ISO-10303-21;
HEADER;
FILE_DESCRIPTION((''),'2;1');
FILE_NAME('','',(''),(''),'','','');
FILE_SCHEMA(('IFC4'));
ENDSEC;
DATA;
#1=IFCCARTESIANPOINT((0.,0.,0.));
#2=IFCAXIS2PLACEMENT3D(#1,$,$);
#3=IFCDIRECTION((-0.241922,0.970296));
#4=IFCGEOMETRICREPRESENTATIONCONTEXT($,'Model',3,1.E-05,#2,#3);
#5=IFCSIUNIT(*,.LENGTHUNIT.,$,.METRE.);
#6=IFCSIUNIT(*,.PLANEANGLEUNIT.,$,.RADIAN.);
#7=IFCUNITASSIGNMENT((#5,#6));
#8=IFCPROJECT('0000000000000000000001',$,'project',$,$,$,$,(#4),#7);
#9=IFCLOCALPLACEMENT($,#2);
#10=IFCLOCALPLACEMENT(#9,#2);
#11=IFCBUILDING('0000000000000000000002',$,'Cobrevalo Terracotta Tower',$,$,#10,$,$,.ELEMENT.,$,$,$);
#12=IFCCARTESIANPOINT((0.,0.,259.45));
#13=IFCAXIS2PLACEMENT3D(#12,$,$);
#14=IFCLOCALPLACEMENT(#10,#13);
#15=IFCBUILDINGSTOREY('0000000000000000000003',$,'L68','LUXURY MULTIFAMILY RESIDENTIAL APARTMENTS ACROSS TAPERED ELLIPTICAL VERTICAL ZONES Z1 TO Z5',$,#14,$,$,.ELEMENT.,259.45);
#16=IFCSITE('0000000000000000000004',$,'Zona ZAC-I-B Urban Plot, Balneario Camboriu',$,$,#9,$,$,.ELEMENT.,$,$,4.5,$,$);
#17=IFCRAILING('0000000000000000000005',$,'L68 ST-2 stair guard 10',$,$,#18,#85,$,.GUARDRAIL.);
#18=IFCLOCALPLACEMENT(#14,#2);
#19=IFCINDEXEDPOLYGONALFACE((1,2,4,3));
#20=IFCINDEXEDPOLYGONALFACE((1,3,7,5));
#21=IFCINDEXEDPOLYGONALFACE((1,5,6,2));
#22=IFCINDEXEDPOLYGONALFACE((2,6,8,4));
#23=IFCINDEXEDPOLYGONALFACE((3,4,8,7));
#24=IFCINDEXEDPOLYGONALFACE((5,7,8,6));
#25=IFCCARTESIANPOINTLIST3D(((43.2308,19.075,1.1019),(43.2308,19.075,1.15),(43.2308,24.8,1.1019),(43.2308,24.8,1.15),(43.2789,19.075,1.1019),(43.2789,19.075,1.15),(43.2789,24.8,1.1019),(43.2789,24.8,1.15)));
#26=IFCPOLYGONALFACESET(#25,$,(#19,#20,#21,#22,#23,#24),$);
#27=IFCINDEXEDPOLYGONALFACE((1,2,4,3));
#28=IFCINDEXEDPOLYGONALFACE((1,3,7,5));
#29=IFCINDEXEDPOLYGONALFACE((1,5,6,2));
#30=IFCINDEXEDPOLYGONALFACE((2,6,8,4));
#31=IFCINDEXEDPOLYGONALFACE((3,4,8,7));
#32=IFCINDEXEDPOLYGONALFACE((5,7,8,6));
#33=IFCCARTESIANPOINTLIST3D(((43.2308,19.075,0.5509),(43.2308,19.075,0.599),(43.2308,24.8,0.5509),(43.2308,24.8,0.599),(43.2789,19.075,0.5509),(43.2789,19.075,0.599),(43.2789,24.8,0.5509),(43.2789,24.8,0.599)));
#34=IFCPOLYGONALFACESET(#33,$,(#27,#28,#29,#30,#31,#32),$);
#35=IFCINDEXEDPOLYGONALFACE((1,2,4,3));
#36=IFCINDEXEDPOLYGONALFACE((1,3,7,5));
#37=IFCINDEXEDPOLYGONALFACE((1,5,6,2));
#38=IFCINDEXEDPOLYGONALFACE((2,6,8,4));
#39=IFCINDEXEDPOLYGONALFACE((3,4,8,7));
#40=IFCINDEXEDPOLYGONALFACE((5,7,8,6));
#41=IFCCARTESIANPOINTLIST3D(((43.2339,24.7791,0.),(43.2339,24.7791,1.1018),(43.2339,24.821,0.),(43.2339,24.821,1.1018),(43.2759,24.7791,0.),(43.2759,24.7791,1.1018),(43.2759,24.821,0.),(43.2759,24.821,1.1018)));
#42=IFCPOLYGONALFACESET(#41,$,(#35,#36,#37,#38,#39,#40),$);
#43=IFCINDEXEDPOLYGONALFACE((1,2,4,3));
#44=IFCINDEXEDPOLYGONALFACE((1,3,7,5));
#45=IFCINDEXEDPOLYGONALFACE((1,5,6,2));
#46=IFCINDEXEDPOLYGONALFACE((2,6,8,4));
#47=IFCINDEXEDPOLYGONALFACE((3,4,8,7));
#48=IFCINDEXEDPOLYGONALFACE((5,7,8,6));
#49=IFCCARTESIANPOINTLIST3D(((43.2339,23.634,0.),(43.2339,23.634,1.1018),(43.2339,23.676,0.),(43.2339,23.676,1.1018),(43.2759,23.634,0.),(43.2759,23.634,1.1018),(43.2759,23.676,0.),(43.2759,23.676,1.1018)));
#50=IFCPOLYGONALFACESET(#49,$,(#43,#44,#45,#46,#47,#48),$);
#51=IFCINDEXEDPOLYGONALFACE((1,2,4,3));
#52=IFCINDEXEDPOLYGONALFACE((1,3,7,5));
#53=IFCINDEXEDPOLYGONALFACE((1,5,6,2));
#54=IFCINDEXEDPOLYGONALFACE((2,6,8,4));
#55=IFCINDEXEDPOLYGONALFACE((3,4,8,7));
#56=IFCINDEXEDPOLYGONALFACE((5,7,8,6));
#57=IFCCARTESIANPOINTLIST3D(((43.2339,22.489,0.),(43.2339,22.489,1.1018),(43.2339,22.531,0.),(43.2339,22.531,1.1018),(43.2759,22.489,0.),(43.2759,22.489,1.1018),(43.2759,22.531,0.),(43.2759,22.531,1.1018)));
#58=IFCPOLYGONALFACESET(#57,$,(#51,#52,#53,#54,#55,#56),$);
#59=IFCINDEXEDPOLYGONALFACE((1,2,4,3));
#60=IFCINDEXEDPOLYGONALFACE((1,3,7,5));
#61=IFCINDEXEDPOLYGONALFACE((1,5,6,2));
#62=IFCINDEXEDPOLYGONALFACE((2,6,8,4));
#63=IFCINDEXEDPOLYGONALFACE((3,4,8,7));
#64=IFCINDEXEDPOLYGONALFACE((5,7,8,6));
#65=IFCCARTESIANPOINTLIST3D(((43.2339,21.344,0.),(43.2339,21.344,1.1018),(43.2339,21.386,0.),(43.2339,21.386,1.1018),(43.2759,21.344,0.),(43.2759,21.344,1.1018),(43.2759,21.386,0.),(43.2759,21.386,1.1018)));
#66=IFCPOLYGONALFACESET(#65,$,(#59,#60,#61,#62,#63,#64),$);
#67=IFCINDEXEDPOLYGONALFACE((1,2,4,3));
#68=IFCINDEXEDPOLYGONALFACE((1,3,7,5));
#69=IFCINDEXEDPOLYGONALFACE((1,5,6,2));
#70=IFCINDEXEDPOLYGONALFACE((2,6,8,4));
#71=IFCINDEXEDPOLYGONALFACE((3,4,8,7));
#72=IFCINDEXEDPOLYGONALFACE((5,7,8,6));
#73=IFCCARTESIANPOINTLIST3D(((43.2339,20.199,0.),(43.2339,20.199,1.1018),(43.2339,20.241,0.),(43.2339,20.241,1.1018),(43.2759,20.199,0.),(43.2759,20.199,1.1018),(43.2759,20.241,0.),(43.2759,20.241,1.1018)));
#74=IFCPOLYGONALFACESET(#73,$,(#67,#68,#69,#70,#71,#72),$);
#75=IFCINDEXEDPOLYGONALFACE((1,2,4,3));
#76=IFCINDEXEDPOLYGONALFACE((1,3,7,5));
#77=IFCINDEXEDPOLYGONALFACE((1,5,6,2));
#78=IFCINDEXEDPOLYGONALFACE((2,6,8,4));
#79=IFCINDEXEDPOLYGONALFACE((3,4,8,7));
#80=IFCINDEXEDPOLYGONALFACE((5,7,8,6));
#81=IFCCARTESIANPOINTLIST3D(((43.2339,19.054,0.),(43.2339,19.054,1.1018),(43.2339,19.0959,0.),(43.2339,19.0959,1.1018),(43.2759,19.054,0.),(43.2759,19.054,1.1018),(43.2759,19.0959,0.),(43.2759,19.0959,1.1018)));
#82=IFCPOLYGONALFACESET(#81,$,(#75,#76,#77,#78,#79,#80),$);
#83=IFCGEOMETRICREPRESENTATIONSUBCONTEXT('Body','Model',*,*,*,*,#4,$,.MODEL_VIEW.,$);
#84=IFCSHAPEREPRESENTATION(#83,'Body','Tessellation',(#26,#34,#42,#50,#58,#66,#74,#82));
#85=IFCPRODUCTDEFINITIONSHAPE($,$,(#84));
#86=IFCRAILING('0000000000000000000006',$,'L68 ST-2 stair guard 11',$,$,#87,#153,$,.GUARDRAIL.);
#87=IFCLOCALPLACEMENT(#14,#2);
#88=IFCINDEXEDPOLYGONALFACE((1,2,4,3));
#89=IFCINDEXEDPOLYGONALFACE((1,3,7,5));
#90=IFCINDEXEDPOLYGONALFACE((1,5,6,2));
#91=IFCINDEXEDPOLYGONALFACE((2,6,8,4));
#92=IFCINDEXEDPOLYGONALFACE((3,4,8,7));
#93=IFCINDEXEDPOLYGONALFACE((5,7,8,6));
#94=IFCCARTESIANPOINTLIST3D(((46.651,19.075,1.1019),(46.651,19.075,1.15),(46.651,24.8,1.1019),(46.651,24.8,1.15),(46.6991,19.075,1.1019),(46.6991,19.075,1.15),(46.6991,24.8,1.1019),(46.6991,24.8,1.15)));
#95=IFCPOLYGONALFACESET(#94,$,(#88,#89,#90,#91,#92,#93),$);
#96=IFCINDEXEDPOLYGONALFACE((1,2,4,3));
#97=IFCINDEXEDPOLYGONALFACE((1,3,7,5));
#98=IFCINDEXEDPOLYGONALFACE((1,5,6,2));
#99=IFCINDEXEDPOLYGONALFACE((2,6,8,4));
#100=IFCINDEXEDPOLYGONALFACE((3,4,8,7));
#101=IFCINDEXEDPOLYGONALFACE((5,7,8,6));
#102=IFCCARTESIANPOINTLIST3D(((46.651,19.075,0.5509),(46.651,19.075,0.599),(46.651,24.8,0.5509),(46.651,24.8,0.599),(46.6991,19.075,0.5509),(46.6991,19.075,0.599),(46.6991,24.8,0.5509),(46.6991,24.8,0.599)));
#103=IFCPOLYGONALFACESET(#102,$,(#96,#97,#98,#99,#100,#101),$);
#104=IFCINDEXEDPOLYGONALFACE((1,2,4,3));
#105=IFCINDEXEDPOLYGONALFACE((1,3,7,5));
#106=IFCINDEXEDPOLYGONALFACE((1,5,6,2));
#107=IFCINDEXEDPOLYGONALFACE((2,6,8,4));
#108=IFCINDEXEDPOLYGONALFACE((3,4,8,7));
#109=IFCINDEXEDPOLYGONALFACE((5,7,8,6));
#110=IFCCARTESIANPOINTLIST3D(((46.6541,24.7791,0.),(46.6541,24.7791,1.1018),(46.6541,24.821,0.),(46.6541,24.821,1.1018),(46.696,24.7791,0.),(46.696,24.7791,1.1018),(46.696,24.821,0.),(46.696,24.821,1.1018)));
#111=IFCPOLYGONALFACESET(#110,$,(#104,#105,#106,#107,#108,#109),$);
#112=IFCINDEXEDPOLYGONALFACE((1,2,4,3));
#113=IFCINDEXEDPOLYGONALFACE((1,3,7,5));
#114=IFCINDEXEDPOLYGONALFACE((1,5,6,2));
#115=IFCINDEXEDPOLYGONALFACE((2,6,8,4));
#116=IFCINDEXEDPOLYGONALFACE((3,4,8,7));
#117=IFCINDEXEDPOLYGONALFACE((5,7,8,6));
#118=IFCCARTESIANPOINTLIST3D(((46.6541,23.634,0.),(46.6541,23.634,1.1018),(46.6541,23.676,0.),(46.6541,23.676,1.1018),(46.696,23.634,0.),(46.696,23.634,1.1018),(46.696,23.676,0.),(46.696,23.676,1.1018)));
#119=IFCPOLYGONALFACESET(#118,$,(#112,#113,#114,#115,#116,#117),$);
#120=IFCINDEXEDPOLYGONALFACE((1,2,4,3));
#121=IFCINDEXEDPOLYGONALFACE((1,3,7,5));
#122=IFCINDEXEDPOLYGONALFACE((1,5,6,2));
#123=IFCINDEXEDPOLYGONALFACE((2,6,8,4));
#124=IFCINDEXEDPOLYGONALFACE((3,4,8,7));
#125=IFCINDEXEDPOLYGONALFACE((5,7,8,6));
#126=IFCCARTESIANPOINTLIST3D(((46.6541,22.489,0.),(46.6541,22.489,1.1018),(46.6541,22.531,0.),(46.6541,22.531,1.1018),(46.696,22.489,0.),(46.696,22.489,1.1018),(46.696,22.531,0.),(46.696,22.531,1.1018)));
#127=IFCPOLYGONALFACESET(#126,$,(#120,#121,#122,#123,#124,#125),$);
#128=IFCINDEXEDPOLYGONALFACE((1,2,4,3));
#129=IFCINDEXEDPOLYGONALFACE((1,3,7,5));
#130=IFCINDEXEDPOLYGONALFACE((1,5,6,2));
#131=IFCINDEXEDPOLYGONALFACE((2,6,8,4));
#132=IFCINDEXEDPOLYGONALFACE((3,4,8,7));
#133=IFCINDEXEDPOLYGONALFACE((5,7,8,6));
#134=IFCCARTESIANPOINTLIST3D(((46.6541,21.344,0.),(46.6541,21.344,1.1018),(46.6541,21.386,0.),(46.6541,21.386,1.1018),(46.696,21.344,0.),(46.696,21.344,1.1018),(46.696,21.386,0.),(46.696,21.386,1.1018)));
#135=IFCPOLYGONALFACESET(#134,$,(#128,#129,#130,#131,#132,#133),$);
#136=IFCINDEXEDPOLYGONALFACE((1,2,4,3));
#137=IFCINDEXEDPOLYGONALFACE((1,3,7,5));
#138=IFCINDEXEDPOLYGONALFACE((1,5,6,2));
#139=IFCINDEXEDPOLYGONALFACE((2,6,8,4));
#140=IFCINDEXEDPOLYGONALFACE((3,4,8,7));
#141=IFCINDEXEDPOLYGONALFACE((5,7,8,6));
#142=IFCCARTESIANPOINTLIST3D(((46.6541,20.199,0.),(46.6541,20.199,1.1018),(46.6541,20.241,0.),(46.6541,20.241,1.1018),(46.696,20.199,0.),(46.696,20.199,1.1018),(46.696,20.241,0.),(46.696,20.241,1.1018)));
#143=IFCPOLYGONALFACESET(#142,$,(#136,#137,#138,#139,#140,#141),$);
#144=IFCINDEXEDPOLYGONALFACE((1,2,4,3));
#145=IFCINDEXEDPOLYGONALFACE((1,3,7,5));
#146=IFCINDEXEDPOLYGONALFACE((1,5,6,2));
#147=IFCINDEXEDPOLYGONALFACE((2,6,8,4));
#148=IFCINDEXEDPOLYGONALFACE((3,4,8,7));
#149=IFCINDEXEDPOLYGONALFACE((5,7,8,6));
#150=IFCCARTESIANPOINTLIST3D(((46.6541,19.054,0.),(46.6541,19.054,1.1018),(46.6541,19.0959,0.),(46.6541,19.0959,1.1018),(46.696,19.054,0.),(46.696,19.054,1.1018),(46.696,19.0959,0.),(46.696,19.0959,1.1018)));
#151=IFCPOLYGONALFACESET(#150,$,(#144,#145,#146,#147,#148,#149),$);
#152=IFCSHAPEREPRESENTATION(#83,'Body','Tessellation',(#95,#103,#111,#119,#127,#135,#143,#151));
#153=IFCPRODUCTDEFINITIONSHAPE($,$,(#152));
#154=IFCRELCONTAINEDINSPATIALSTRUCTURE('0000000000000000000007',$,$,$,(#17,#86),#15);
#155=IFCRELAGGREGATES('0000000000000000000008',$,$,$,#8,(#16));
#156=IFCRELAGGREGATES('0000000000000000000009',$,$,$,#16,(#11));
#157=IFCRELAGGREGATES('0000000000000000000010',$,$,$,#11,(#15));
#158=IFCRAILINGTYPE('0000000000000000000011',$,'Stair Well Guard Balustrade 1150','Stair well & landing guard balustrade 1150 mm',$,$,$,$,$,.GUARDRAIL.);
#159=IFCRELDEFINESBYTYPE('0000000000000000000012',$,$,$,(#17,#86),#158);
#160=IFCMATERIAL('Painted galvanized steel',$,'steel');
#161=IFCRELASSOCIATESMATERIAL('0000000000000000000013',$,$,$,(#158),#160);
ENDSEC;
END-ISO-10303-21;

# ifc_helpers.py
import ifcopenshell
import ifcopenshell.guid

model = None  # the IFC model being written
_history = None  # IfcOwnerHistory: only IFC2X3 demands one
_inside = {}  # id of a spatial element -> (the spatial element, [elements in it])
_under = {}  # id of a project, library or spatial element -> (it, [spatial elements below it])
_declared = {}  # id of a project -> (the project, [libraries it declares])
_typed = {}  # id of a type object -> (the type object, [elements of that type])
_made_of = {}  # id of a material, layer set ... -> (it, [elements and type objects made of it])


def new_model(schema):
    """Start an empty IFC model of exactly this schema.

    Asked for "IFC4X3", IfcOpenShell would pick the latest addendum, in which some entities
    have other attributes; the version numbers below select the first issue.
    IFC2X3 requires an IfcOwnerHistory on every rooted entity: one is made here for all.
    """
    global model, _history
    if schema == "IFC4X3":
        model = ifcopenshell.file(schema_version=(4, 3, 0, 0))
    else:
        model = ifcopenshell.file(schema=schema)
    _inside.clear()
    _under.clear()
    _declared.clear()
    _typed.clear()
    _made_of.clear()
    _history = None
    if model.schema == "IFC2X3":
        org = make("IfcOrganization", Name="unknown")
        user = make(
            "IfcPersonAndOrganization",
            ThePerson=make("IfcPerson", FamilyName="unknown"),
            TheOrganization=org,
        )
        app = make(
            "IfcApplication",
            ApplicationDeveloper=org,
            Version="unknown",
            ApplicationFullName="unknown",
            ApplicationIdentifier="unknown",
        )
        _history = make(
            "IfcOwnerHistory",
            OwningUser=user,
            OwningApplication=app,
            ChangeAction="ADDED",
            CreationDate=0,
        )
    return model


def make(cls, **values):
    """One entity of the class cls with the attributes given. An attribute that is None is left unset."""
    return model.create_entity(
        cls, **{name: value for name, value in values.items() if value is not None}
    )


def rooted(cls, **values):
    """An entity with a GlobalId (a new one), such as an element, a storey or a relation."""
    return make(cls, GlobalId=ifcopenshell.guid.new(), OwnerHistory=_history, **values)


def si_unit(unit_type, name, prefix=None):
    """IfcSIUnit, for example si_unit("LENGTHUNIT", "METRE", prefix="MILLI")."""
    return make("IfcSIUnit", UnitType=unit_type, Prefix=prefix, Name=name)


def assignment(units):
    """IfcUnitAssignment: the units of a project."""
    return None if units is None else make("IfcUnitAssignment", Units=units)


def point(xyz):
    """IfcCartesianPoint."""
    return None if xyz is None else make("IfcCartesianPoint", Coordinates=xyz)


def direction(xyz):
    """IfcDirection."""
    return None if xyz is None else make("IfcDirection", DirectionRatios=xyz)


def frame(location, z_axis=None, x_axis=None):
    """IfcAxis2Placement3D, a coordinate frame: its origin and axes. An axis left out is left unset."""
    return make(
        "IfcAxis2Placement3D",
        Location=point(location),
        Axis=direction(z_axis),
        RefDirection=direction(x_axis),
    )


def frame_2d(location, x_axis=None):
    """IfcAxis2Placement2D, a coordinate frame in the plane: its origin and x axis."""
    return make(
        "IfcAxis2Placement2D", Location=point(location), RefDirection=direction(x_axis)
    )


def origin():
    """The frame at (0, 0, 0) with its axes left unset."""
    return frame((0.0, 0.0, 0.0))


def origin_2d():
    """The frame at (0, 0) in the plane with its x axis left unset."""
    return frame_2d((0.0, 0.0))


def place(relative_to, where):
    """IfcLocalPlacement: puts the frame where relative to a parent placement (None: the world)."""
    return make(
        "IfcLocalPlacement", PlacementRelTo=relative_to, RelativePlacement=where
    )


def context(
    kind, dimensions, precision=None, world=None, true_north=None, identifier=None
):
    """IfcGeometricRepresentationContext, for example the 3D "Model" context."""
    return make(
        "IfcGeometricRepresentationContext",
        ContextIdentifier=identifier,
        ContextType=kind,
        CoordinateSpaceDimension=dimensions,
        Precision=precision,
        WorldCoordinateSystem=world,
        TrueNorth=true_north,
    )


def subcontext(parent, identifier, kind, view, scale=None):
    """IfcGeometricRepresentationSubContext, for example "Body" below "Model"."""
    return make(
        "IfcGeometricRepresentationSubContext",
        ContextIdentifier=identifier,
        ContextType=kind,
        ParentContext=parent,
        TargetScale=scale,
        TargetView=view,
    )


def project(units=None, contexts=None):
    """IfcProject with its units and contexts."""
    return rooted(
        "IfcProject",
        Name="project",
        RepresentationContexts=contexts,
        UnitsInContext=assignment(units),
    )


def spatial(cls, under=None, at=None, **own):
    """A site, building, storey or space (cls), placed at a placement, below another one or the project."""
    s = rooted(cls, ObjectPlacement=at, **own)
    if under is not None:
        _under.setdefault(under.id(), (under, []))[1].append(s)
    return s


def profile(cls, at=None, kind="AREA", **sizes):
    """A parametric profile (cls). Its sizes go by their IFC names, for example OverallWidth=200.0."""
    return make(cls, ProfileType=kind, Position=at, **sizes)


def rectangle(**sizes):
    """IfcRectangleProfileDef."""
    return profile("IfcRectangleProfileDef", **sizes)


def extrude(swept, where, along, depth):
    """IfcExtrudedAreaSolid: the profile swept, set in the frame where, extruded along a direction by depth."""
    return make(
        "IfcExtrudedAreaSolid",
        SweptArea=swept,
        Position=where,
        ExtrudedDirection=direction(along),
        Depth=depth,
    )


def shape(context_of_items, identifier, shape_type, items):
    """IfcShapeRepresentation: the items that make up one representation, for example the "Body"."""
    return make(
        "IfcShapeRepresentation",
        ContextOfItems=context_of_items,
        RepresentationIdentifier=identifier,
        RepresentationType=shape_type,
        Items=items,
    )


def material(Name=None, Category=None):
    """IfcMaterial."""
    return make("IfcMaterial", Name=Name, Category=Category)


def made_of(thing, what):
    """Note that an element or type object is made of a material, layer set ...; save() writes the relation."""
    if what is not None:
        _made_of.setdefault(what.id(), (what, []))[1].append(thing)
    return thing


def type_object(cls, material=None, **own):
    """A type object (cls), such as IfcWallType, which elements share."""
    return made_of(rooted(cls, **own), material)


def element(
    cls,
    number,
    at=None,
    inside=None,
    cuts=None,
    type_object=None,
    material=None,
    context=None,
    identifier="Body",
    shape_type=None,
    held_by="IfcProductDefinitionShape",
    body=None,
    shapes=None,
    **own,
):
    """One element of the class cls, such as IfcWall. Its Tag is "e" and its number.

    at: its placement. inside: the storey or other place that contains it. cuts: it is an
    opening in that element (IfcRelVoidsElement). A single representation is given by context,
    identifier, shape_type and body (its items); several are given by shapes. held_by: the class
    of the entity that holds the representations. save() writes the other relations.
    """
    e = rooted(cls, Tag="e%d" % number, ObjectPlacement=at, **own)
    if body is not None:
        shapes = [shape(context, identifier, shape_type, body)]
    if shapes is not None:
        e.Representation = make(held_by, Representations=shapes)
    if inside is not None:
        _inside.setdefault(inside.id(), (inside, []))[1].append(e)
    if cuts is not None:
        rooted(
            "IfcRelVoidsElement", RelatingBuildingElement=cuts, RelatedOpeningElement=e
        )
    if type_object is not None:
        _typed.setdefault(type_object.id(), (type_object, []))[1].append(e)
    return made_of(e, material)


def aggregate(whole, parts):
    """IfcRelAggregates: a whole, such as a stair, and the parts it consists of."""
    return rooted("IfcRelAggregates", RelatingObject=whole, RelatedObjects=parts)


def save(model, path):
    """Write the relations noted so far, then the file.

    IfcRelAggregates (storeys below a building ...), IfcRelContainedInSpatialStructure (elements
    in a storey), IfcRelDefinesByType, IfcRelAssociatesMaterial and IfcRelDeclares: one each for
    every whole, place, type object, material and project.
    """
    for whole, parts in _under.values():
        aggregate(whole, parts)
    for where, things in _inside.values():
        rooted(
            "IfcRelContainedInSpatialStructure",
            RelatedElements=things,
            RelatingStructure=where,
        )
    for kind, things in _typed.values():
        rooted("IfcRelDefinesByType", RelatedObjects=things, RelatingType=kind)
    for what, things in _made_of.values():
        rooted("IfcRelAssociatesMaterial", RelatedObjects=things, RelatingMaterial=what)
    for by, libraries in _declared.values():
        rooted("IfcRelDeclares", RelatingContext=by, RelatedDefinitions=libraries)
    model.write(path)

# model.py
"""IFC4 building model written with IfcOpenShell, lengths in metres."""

from ifc_helpers import new_model, si_unit, direction, frame, origin, origin_2d, place, context, subcontext, project, spatial, rectangle, extrude, material, type_object, element, save


model = new_model("IFC4")

# Units and contexts
model_context = context("Model", 3, precision=1e-05, world=origin(), true_north=direction((-0.241922, 0.970296)))
body_context = subcontext(model_context, "Body", "Model", "MODEL_VIEW")
ifc_project = project(units=[si_unit("LENGTHUNIT", "METRE"), si_unit("PLANEANGLEUNIT", "RADIAN")], contexts=[model_context])

# Site, building, storey
site_placement = place(None, origin())
site = spatial("IfcSite", under=ifc_project, at=site_placement, Name="Zona ZAC-I-B Urban Plot, Balneario Camboriu", CompositionType="ELEMENT", RefElevation=4.5)
building_placement = place(site_placement, origin())
building = spatial("IfcBuilding", under=site, at=building_placement, Name="Cobrevalo Terracotta Tower", CompositionType="ELEMENT")
storey_placement = place(building_placement, frame((0.0, 0.0, 259.45)))
storey = spatial("IfcBuildingStorey", under=building, at=storey_placement, Name="L68", Description="LUXURY MULTIFAMILY RESIDENTIAL APARTMENTS ACROSS TAPERED ELLIPTICAL VERTICAL ZONES Z1 TO Z5", CompositionType="ELEMENT", Elevation=259.45)

# Railings
ifc_material_1 = material(Name="Painted galvanized steel", Category="steel")
railing_type_1 = type_object("IfcRailingType", Name="Stair Well Guard Balustrade 1150", Description="Stair well & landing guard balustrade 1150 mm", PredefinedType="GUARDRAIL", material=ifc_material_1)
for number, where, name in (
    (1, (43.2549, 24.8, 0.0), "L68 ST-2 stair guard 10"),
    (2, (46.675, 24.8, 0.0), "L68 ST-2 stair guard 11"),
):
    element("IfcRailing", number, at=place(storey_placement, frame(where)), inside=storey, type_object=railing_type_1, Name=name, PredefinedType="GUARDRAIL", context=body_context, shape_type="SweptSolid", body=[
        extrude(rectangle(XDim=0.0481, YDim=0.0481, at=origin_2d()), frame((0.0, 0.0, 1.126), z_axis=(0.0, -1.0, 0.0), x_axis=(1.0, 0.0, 0.0)), (0.0, 0.0, 1.0), 5.7251),
        extrude(rectangle(XDim=0.0481, YDim=0.0481, at=origin_2d()), frame((0.0, 0.0, 0.575), z_axis=(0.0, -1.0, 0.0), x_axis=(1.0, 0.0, 0.0)), (0.0, 0.0, 1.0), 5.7251),
        extrude(rectangle(XDim=0.042, YDim=0.042, at=origin_2d()), origin(), (0.0, 0.0, 1.0), 1.1018),
        extrude(rectangle(XDim=0.042, YDim=0.042, at=origin_2d()), frame((0.0, -1.145, 0.0)), (0.0, 0.0, 1.0), 1.1018),
        extrude(rectangle(XDim=0.042, YDim=0.042, at=origin_2d()), frame((0.0, -2.29, 0.0)), (0.0, 0.0, 1.0), 1.1018),
        extrude(rectangle(XDim=0.042, YDim=0.042, at=origin_2d()), frame((0.0, -3.4351, 0.0)), (0.0, 0.0, 1.0), 1.1018),
        extrude(rectangle(XDim=0.042, YDim=0.042, at=origin_2d()), frame((0.0, -4.5801, 0.0)), (0.0, 0.0, 1.0), 1.1018),
        extrude(rectangle(XDim=0.042, YDim=0.042, at=origin_2d()), frame((0.0, -5.7251, 0.0)), (0.0, 0.0, 1.0), 1.1018),
    ])

save(model, "model.ifc")
